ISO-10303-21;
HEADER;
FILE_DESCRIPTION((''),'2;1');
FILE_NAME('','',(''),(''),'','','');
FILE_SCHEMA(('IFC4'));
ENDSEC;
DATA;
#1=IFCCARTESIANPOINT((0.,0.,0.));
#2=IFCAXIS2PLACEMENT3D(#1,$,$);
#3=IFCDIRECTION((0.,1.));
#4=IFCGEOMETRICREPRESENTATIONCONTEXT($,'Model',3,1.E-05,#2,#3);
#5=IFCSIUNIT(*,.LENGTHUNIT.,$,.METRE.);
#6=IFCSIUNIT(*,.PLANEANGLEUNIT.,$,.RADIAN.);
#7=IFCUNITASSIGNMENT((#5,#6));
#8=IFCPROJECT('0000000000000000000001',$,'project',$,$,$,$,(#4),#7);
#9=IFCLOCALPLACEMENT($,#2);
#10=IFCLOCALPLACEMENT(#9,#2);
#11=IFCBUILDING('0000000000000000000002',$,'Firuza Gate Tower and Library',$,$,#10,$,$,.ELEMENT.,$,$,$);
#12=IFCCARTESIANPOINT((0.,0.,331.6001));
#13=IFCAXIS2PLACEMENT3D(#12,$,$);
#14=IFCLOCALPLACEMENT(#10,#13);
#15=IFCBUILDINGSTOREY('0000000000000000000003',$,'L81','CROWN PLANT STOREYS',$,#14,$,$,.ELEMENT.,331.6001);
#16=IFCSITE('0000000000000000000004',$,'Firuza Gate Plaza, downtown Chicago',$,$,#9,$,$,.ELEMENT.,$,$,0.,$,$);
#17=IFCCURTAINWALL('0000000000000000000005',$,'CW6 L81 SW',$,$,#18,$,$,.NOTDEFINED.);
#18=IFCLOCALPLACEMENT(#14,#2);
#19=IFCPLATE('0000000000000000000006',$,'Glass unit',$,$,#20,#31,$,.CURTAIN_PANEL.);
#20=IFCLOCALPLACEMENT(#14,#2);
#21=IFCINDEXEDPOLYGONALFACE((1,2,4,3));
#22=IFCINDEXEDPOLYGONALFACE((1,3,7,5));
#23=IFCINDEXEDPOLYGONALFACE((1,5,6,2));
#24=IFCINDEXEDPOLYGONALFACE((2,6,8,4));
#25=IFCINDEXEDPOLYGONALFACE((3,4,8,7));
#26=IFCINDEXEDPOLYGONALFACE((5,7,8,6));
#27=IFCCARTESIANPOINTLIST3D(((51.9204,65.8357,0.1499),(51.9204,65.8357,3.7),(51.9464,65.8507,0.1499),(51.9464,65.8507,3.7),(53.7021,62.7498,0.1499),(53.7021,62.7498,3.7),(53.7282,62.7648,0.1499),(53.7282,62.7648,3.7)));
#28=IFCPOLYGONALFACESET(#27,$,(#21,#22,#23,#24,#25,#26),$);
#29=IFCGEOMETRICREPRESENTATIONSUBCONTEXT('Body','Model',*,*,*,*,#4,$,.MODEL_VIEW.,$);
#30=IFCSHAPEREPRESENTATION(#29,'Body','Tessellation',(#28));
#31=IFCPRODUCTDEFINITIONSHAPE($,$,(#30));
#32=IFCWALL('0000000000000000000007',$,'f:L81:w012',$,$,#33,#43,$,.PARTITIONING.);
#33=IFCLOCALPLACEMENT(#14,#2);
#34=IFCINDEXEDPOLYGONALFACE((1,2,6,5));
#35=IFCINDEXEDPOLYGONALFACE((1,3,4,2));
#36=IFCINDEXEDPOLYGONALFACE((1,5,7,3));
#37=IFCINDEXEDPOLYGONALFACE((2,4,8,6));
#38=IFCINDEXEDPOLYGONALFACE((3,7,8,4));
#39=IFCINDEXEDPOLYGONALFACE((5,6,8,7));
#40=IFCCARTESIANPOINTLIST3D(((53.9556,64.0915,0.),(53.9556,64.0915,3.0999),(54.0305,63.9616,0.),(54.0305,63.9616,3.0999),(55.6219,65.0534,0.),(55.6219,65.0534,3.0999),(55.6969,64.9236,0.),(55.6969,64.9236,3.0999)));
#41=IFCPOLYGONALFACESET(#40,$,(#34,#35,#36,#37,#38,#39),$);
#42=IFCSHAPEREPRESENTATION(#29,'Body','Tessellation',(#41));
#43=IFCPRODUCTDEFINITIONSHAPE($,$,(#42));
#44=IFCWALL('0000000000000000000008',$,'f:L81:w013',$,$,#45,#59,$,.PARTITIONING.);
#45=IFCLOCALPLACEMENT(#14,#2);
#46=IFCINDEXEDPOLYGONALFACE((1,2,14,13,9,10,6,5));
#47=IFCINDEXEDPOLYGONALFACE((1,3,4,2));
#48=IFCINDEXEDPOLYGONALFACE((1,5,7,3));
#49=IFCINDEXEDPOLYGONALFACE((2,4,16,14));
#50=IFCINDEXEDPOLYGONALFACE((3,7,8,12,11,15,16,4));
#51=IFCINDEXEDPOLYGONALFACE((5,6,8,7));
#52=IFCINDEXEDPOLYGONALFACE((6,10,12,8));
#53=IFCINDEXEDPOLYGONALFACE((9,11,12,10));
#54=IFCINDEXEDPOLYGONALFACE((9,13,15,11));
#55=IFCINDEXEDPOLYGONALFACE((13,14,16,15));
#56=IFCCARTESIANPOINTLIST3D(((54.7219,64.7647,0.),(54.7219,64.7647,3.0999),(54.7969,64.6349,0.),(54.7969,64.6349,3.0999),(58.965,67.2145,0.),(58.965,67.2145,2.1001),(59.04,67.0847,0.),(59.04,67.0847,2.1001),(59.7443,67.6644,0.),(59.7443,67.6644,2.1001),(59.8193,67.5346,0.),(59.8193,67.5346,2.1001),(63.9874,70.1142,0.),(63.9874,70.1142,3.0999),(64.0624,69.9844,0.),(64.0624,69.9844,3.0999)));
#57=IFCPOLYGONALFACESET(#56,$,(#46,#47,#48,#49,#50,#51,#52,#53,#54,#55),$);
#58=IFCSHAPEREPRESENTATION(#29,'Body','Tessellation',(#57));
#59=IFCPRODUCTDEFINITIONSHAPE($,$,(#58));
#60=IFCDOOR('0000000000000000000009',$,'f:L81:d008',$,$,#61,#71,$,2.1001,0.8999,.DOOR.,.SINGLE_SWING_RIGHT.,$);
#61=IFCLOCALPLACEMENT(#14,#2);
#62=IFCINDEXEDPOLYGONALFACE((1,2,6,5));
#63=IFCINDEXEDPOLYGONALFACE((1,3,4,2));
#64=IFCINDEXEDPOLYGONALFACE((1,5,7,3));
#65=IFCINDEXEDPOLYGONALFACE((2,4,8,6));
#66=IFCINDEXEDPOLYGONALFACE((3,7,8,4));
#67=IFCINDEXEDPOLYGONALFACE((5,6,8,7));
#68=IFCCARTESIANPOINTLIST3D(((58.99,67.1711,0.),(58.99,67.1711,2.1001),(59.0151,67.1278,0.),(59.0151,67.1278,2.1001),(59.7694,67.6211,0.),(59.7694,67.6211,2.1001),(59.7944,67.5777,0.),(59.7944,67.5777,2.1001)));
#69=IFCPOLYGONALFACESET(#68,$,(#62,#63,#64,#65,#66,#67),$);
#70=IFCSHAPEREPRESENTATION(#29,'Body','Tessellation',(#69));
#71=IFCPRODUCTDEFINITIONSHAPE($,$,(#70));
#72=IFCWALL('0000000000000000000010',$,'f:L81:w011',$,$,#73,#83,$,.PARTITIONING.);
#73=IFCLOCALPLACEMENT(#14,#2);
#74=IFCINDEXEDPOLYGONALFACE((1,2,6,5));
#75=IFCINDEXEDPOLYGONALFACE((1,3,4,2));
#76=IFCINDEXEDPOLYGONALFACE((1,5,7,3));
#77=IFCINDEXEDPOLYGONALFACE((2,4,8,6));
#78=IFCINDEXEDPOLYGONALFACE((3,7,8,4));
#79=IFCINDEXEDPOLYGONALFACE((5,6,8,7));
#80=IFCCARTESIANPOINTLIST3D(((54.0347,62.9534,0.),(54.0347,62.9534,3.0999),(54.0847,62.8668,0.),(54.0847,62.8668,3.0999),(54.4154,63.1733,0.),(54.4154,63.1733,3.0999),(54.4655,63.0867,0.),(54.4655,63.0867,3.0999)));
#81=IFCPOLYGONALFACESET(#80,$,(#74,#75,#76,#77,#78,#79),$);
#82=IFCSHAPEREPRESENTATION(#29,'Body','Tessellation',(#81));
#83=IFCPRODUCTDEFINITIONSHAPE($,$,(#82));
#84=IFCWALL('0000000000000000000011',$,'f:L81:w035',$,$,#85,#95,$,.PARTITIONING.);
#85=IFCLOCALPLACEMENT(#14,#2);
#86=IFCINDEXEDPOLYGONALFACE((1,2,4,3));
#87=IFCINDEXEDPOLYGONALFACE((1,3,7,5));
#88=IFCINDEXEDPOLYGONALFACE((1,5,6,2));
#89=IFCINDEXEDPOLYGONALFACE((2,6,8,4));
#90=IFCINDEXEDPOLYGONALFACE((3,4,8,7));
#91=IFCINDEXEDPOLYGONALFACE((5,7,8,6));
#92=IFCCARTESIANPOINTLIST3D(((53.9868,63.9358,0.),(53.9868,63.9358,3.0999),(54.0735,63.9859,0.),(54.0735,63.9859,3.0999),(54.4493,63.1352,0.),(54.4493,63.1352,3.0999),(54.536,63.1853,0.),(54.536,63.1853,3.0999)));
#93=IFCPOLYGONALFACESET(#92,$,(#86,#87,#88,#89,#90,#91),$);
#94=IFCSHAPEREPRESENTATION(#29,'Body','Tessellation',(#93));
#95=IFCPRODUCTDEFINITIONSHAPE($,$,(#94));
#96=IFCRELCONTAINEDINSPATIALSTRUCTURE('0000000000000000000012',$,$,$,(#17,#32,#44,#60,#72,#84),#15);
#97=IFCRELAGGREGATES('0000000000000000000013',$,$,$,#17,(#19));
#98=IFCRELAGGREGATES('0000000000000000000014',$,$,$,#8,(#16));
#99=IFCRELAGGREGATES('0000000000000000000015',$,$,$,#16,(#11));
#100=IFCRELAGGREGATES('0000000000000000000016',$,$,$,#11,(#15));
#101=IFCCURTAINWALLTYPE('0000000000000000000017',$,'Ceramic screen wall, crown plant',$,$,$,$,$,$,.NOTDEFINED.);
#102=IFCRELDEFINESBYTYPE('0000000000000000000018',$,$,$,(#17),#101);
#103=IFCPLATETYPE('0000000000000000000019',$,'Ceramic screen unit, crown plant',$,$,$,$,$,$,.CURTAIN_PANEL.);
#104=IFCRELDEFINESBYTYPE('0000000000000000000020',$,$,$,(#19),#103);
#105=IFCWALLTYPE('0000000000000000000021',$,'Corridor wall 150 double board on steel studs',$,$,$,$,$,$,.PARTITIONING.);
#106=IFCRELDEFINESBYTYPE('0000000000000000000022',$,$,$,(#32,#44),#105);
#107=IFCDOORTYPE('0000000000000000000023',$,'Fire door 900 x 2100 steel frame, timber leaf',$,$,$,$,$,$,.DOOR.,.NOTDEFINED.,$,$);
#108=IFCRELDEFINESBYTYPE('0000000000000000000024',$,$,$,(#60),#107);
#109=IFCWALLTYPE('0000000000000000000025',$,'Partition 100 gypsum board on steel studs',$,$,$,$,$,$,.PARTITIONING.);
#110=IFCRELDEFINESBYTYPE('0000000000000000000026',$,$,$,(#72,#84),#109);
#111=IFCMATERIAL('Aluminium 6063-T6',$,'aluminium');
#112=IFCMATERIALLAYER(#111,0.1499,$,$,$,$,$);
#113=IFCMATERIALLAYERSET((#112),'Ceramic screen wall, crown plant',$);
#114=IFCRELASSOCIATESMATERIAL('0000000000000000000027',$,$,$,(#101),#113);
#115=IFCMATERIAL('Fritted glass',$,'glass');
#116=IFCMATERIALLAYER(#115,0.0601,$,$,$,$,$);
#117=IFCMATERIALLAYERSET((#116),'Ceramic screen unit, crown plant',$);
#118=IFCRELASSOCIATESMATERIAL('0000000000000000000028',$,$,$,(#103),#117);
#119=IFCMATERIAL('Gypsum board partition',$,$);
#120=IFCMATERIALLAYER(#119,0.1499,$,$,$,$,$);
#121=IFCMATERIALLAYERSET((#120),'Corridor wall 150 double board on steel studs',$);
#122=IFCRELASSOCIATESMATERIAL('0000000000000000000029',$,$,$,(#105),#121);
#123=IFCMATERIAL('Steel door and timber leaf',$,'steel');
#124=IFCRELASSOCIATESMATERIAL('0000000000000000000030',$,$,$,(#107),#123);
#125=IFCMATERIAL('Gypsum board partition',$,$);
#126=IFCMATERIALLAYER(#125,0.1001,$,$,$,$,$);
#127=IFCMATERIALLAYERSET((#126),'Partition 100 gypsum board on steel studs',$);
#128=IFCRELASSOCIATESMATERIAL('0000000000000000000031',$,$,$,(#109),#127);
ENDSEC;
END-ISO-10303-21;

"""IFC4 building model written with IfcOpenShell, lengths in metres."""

from ifc_helpers import new_model, si_unit, direction, frame, frame_2d, origin, place, context, subcontext, project, spatial, polyline, rectangle, outline, extrude, material, layer, layer_set, type_object, element, fill, aggregate, save


model = new_model("IFC4")

# Units and contexts
model_context = context("Model", 3, precision=1e-05, world=origin(), true_north=direction((0.0, 1.0)))
body_context = subcontext(model_context, "Body", "Model", "MODEL_VIEW")
ifc_project = project(units=[si_unit("LENGTHUNIT", "METRE"), si_unit("PLANEANGLEUNIT", "RADIAN")], contexts=[model_context])

# Site, building, storey
site_placement = place(None, origin())
site = spatial("IfcSite", under=ifc_project, at=site_placement, Name="Firuza Gate Plaza, downtown Chicago", CompositionType="ELEMENT", RefElevation=0.0)
building_placement = place(site_placement, origin())
building = spatial("IfcBuilding", under=site, at=building_placement, Name="Firuza Gate Tower and Library", CompositionType="ELEMENT")
storey_placement = place(building_placement, frame((0.0, 0.0, 331.6001)))
storey = spatial("IfcBuildingStorey", under=building, at=storey_placement, Name="L81", Description="CROWN PLANT STOREYS", CompositionType="ELEMENT", Elevation=331.6001)

# Curtain wall
ifc_material_1 = material(Name="Aluminium 6063-T6", Category="aluminium")
ifc_layer_1 = layer(ifc_material_1, 0.1499)
ifc_layer_set_1 = layer_set([ifc_layer_1], Name="Ceramic screen wall, crown plant")
curtain_wall_type = type_object("IfcCurtainWallType", Name="Ceramic screen wall, crown plant", PredefinedType="NOTDEFINED", material=ifc_layer_set_1)
placement = place(storey_placement, origin())
curtain_wall_1 = element("IfcCurtainWall", 1, at=placement, inside=storey, type_object=curtain_wall_type, Name="CW6 L81 SW", PredefinedType="NOTDEFINED")

# Plate
ifc_material_2 = material(Name="Fritted glass", Category="glass")
ifc_layer_2 = layer(ifc_material_2, 0.0601)
ifc_layer_set_2 = layer_set([ifc_layer_2], Name="Ceramic screen unit, crown plant")
plate_type = type_object("IfcPlateType", Name="Ceramic screen unit, crown plant", PredefinedType="CURTAIN_PANEL", material=ifc_layer_set_2)
plate_1_placement = place(storey_placement, frame((51.9204, 65.8357, 0.1499), z_axis=(-0.866017, -0.500015, 0.0), x_axis=(0.500015, -0.866017, 0.0)))
plate_1 = element("IfcPlate", 2, at=plate_1_placement, type_object=plate_type, Name="Glass unit", PredefinedType="CURTAIN_PANEL", context=body_context, shape_type="SweptSolid", body=[
    extrude(outline(polyline([(0.0, 0.0), (3.5634, 0.0), (3.5634, 3.55), (0.0, 3.55), (0.0, 0.0)])), origin(), (0.0, 0.0, -1.0), 0.03),
])
aggregate(curtain_wall_1, [plate_1])

# Wall
ifc_material_3 = material(Name="Gypsum board partition")
ifc_layer_3 = layer(ifc_material_3, 0.1499)
ifc_layer_set_3 = layer_set([ifc_layer_3], Name="Corridor wall 150 double board on steel studs")
wall_type_1 = type_object("IfcWallType", Name="Corridor wall 150 double board on steel studs", PredefinedType="PARTITIONING", material=ifc_layer_set_3)
wall_1_placement = place(storey_placement, frame((53.9932, 64.0266, 0.0), z_axis=(0.0, 0.0, 1.0), x_axis=(0.866048, 0.49996, 0.0)))
element("IfcWall", 3, at=wall_1_placement, inside=storey, type_object=wall_type_1, Name="f:L81:w012", PredefinedType="PARTITIONING", context=body_context, shape_type="SweptSolid", body=[
    extrude(rectangle(XDim=1.9241, YDim=0.1499, at=frame_2d((0.9619, 0.0))), origin(), (0.0, 0.0, 1.0), 3.0999),
])

# Wall, opening, door
wall_2_placement = place(storey_placement, frame((54.7593, 64.6997, 0.0), z_axis=(0.0, 0.0, 1.0), x_axis=(0.866021, 0.500007, 0.0)))
wall_2 = element("IfcWall", 4, at=wall_2_placement, inside=storey, type_object=wall_type_1, Name="f:L81:w013", PredefinedType="PARTITIONING", context=body_context, shape_type="SweptSolid", body=[
    extrude(rectangle(XDim=10.699, YDim=0.1499, at=frame_2d((5.3496, 0.0))), origin(), (0.0, 0.0, 1.0), 3.0999),
])
opening_placement = place(wall_2_placement, frame((4.8997, 0.0, 0.0)))
opening = element("IfcOpeningElement", 5, at=opening_placement, cuts=wall_2, PredefinedType="OPENING", context=body_context, shape_type="SweptSolid", body=[
    extrude(rectangle(XDim=0.8999, YDim=2.1001, at=frame_2d((0.45, 1.05))), frame((0.0, 0.085, 0.0), z_axis=(0.0, -1.0, 0.0), x_axis=(1.0, 0.0, 0.0)), (0.0, 0.0, 1.0), 0.1699),
])
ifc_material_4 = material(Name="Steel door and timber leaf", Category="steel")
door_type = type_object("IfcDoorType", Name="Fire door 900 x 2100 steel frame, timber leaf", OperationType="NOTDEFINED", PredefinedType="DOOR", material=ifc_material_4)
door_placement = place(opening_placement, origin())
door = element("IfcDoor", 6, at=door_placement, inside=storey, type_object=door_type, Name="f:L81:d008", OperationType="SINGLE_SWING_RIGHT", OverallHeight=2.1001, OverallWidth=0.8999, PredefinedType="DOOR", context=body_context, shape_type="SweptSolid", body=[
    extrude(rectangle(XDim=0.8999, YDim=2.1001, at=frame_2d((0.45, 1.05))), frame((0.0, 0.0249, 0.0), z_axis=(0.0, -1.0, 0.0), x_axis=(1.0, 0.0, 0.0)), (0.0, 0.0, 1.0), 0.05),
])
fill(opening, door)

# Walls
ifc_material_5 = material(Name="Gypsum board partition")
ifc_layer_4 = layer(ifc_material_5, 0.1001)
ifc_layer_set_4 = layer_set([ifc_layer_4], Name="Partition 100 gypsum board on steel studs")
wall_type_2 = type_object("IfcWallType", Name="Partition 100 gypsum board on steel studs", PredefinedType="PARTITIONING", material=ifc_layer_set_4)
wall_3_placement = place(storey_placement, frame((54.0598, 62.9102, 0.0), z_axis=(0.0, 0.0, 1.0), x_axis=(0.865945, 0.500139, 0.0)))
element("IfcWall", 7, at=wall_3_placement, inside=storey, type_object=wall_type_2, Name="f:L81:w011", PredefinedType="PARTITIONING", context=body_context, shape_type="SweptSolid", body=[
    extrude(rectangle(XDim=0.4397, YDim=0.1001, at=frame_2d((0.2197, 0.0))), origin(), (0.0, 0.0, 1.0), 3.0999),
])
wall_4_placement = place(storey_placement, frame((54.4927, 63.1602, 0.0), z_axis=(0.0, 0.0, 1.0), x_axis=(-0.500172, 0.865926, 0.0)))
element("IfcWall", 8, at=wall_4_placement, inside=storey, type_object=wall_type_2, Name="f:L81:w035", PredefinedType="PARTITIONING", context=body_context, shape_type="SweptSolid", body=[
    extrude(rectangle(XDim=0.9246, YDim=0.1001, at=frame_2d((0.4624, 0.0))), origin(), (0.0, 0.0, 1.0), 3.0999),
])

save(model, "model.ifc")
